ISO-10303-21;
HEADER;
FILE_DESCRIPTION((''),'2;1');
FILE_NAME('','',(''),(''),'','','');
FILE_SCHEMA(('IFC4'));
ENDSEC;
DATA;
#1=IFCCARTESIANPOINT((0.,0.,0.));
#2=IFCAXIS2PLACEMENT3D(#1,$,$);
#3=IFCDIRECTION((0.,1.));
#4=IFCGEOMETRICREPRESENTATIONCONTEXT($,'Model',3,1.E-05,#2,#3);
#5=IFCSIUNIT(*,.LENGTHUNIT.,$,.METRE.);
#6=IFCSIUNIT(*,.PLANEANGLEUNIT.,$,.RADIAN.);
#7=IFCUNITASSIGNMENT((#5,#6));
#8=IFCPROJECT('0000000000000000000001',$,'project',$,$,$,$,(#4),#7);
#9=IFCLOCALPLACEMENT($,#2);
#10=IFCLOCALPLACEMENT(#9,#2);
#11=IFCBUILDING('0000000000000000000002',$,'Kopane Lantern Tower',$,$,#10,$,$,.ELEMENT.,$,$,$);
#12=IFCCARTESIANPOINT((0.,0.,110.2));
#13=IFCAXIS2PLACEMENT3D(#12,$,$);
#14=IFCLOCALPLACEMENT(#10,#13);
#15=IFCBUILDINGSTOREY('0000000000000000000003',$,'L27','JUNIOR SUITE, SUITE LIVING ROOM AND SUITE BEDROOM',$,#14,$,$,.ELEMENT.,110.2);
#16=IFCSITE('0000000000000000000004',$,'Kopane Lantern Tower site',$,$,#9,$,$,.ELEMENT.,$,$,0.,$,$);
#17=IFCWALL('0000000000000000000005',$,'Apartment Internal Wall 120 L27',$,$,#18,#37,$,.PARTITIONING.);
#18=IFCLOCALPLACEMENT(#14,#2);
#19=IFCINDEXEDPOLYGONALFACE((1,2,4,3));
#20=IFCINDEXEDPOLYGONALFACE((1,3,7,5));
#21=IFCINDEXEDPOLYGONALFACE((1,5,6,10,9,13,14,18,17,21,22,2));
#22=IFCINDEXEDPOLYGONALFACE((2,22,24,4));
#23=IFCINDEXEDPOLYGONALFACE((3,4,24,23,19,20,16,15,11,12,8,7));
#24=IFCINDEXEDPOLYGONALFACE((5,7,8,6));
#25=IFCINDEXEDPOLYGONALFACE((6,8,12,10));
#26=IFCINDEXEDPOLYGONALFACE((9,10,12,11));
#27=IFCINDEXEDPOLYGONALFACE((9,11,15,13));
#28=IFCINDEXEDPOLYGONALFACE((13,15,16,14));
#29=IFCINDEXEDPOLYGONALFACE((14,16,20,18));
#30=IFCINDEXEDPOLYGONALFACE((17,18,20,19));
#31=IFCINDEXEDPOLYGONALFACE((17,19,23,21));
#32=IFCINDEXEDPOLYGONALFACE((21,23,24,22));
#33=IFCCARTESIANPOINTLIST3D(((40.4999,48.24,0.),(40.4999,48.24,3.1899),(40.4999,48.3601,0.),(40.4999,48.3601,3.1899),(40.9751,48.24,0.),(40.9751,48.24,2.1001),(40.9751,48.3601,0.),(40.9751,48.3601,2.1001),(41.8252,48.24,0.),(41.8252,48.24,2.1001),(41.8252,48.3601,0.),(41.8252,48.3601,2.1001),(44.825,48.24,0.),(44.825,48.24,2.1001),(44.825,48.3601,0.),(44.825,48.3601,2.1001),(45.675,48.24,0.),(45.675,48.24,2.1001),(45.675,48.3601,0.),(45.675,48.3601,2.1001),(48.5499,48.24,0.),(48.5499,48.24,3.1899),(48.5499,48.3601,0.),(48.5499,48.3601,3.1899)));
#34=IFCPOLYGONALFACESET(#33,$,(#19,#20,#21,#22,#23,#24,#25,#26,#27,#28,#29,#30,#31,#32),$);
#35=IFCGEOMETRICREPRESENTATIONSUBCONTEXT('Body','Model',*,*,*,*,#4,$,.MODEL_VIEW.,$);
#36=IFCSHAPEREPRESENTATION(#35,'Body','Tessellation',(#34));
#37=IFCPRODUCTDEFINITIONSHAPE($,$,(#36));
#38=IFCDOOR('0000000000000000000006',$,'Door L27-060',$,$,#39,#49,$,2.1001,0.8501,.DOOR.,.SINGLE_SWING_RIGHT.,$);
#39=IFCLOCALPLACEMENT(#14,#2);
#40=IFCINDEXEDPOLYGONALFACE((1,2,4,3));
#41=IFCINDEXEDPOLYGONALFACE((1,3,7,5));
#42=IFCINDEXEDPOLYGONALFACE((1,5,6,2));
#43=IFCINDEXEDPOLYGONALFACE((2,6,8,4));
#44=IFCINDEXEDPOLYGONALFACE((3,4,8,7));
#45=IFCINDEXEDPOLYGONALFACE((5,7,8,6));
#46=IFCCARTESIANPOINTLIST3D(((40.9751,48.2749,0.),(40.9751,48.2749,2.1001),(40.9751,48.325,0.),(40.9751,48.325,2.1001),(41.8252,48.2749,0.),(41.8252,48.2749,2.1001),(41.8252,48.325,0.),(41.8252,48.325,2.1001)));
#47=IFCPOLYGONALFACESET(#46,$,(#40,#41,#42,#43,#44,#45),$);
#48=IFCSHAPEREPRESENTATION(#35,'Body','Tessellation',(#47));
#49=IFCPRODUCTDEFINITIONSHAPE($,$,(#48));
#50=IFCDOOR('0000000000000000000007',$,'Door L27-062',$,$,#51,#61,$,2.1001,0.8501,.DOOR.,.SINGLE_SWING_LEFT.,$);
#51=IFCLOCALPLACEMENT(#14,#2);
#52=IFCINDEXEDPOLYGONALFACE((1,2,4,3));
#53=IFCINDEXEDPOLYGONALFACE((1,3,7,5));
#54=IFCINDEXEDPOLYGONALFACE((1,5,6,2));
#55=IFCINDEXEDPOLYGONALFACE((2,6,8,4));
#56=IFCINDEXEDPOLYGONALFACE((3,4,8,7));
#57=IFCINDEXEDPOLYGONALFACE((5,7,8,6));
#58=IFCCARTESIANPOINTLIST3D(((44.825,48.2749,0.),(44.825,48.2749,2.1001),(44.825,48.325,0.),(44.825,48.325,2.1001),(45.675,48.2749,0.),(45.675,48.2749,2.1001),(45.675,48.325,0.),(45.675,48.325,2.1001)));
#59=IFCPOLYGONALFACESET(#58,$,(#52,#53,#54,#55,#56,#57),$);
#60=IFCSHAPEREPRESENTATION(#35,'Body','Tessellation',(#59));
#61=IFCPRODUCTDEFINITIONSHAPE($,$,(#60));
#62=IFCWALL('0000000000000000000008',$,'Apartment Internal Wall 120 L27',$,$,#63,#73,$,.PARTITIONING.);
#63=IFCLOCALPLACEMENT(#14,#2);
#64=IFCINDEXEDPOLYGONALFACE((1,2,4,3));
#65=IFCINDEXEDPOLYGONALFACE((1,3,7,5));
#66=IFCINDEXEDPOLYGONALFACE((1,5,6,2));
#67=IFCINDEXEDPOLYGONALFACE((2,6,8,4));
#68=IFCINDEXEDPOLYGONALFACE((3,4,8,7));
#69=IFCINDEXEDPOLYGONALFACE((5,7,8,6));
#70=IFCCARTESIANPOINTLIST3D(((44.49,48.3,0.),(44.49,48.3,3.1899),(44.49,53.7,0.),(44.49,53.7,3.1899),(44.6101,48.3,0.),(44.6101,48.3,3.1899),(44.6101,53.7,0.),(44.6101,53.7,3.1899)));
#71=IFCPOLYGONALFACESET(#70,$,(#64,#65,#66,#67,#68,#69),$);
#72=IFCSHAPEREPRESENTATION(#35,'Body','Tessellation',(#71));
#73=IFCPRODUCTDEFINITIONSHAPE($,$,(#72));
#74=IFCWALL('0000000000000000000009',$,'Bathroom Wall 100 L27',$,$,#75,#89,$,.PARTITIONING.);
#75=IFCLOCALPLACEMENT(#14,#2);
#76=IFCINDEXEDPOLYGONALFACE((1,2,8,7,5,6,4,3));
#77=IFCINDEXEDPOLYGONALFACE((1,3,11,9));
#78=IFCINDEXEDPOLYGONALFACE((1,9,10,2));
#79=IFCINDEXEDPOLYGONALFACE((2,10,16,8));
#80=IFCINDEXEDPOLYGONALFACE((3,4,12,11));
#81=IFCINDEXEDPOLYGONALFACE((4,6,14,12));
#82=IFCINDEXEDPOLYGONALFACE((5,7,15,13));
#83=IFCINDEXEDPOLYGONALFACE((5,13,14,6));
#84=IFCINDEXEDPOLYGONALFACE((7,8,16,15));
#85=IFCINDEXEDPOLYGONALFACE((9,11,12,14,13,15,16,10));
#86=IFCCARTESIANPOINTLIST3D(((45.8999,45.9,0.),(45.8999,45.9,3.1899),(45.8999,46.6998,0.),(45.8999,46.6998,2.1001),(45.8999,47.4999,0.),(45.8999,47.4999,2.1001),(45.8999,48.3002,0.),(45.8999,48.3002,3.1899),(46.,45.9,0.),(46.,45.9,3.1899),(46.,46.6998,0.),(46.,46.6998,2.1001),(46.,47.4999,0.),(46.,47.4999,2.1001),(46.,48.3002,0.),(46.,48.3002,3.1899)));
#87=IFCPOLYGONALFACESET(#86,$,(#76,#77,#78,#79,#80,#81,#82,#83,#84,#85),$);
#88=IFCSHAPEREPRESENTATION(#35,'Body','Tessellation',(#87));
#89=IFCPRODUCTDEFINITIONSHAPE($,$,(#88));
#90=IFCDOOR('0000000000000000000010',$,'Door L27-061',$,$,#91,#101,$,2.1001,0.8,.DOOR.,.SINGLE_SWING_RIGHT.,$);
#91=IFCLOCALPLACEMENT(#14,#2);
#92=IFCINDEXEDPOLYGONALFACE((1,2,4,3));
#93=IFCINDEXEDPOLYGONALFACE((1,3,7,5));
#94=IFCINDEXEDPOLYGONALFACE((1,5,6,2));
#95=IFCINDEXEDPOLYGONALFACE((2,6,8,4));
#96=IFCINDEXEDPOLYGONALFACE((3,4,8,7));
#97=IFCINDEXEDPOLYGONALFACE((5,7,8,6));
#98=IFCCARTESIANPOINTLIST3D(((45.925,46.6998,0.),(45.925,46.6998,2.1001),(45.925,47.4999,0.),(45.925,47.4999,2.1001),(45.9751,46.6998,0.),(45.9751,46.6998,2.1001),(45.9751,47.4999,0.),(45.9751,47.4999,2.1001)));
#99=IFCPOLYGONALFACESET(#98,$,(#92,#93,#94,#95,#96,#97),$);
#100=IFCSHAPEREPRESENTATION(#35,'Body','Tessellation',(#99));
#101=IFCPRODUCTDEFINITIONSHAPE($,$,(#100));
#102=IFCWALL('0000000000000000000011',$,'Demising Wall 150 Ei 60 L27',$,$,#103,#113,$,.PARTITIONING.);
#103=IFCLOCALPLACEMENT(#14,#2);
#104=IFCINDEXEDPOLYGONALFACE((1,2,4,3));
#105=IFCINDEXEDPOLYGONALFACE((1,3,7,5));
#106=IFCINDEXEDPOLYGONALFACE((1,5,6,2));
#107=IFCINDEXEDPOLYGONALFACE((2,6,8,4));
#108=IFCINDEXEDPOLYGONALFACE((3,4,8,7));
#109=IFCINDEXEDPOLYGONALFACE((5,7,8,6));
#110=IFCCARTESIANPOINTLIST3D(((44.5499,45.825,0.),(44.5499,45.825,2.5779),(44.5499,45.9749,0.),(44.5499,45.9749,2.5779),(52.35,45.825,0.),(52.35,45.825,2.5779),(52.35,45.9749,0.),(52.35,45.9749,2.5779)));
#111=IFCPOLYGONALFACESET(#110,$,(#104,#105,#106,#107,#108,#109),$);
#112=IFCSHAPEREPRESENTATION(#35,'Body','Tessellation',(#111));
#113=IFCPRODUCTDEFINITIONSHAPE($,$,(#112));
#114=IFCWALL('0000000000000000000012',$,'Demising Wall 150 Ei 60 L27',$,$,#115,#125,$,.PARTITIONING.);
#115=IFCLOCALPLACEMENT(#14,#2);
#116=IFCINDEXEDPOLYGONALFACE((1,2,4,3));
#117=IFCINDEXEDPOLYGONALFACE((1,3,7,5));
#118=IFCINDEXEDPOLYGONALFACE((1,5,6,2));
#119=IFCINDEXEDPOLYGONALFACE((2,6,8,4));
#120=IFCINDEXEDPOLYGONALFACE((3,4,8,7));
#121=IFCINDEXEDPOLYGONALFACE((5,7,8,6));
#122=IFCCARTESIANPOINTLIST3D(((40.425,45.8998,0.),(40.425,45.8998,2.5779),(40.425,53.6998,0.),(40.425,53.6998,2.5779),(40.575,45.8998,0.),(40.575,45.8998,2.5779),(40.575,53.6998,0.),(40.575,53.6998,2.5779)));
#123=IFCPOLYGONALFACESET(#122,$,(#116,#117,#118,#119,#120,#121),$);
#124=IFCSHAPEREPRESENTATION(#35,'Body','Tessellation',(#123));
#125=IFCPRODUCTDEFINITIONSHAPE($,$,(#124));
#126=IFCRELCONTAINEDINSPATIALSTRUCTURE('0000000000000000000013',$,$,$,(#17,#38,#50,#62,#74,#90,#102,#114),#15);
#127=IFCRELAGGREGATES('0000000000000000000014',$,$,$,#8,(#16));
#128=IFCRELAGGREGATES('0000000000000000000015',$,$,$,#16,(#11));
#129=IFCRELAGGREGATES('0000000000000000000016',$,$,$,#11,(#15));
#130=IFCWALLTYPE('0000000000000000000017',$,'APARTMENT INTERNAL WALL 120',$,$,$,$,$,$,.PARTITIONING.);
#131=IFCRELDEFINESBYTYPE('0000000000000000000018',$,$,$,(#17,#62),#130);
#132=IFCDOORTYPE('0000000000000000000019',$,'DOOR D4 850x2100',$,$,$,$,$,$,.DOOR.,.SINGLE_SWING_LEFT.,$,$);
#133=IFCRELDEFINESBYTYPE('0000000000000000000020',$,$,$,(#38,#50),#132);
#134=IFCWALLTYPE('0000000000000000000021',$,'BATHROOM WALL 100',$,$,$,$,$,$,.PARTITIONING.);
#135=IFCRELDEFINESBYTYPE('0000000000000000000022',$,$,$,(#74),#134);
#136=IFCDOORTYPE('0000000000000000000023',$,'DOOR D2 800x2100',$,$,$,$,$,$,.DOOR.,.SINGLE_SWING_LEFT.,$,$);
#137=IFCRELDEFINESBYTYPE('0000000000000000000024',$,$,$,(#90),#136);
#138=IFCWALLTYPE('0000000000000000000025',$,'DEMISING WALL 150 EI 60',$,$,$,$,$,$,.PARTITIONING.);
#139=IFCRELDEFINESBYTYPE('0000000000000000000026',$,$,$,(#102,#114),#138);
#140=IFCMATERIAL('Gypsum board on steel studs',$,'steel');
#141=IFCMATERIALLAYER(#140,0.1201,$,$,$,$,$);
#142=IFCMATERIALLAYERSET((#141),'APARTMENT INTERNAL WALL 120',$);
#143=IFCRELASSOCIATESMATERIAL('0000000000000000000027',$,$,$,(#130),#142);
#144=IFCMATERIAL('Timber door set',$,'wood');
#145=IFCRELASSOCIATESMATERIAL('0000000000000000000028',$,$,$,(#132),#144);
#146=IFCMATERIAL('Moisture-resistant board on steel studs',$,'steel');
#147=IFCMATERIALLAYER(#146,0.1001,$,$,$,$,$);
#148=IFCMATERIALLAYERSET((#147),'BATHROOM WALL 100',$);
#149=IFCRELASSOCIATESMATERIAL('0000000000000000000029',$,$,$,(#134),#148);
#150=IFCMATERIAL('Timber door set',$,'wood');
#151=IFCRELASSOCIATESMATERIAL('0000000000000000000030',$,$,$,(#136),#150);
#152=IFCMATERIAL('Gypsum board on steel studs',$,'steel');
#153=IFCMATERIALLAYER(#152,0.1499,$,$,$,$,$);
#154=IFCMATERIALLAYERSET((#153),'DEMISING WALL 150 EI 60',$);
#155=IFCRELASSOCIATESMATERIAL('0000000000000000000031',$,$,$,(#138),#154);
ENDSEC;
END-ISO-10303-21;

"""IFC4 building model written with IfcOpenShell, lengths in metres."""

from ifc_helpers import new_model, si_unit, direction, frame, frame_2d, origin, place, context, subcontext, project, spatial, rectangle, extrude, material, layer, layer_set, type_object, element, fill, save


model = new_model("IFC4")

# Units and contexts
model_context = context("Model", 3, precision=1e-05, world=origin(), true_north=direction((0.0, 1.0)))
body_context = subcontext(model_context, "Body", "Model", "MODEL_VIEW")
ifc_project = project(units=[si_unit("LENGTHUNIT", "METRE"), si_unit("PLANEANGLEUNIT", "RADIAN")], contexts=[model_context])

# Site, building, storey
site_placement = place(None, origin())
site = spatial("IfcSite", under=ifc_project, at=site_placement, Name="Kopane Lantern Tower site", CompositionType="ELEMENT", RefElevation=0.0)
building_placement = place(site_placement, origin())
building = spatial("IfcBuilding", under=site, at=building_placement, Name="Kopane Lantern Tower", CompositionType="ELEMENT")
storey_placement = place(building_placement, frame((0.0, 0.0, 110.2)))
storey = spatial("IfcBuildingStorey", under=building, at=storey_placement, Name="L27", Description="JUNIOR SUITE, SUITE LIVING ROOM AND SUITE BEDROOM", CompositionType="ELEMENT", Elevation=110.2)

# Wall, openings, doors
ifc_material_1 = material(Name="Gypsum board on steel studs", Category="steel")
ifc_layer_1 = layer(ifc_material_1, 0.1201)
ifc_layer_set_1 = layer_set([ifc_layer_1], Name="APARTMENT INTERNAL WALL 120")
wall_type_1 = type_object("IfcWallType", Name="APARTMENT INTERNAL WALL 120", PredefinedType="PARTITIONING", material=ifc_layer_set_1)
wall_1_placement = place(storey_placement, frame((40.5, 48.3, 0.0), z_axis=(0.0, 0.0, 1.0), x_axis=(1.0, 0.0, 0.0)))
wall_1 = element("IfcWall", 1, at=wall_1_placement, inside=storey, type_object=wall_type_1, Name="Apartment Internal Wall 120 L27", PredefinedType="PARTITIONING", context=body_context, shape_type="SweptSolid", body=[
    extrude(rectangle(XDim=8.05, YDim=0.1201, at=frame_2d((4.0249, 0.0))), origin(), (0.0, 0.0, 1.0), 3.1899),
])
opening_1_placement = place(wall_1_placement, frame((0.4751, 0.0, 0.0)))
opening_1 = element("IfcOpeningElement", 2, at=opening_1_placement, cuts=wall_1, PredefinedType="OPENING", context=body_context, shape_type="SweptSolid", body=[
    extrude(rectangle(XDim=0.8501, YDim=2.1001, at=frame_2d((0.425, 1.05))), frame((0.0, 0.0701, 0.0), z_axis=(0.0, -1.0, 0.0), x_axis=(1.0, 0.0, 0.0)), (0.0, 0.0, 1.0), 0.1401),
])
opening_2_placement = place(wall_1_placement, frame((4.325, 0.0, 0.0)))
opening_2 = element("IfcOpeningElement", 3, at=opening_2_placement, cuts=wall_1, PredefinedType="OPENING", context=body_context, shape_type="SweptSolid", body=[
    extrude(rectangle(XDim=0.8501, YDim=2.1001, at=frame_2d((0.425, 1.05))), frame((0.0, 0.0701, 0.0), z_axis=(0.0, -1.0, 0.0), x_axis=(1.0, 0.0, 0.0)), (0.0, 0.0, 1.0), 0.1401),
])
ifc_material_2 = material(Name="Timber door set", Category="wood")
door_type_1 = type_object("IfcDoorType", Name="DOOR D4 850x2100", OperationType="SINGLE_SWING_LEFT", PredefinedType="DOOR", material=ifc_material_2)
door_1_placement = place(opening_1_placement, origin())
door_1 = element("IfcDoor", 4, at=door_1_placement, inside=storey, type_object=door_type_1, Name="Door L27-060", OperationType="SINGLE_SWING_RIGHT", OverallHeight=2.1001, OverallWidth=0.8501, PredefinedType="DOOR", context=body_context, shape_type="SweptSolid", body=[
    extrude(rectangle(XDim=0.8501, YDim=2.1001, at=frame_2d((0.425, 1.05))), frame((0.0, 0.0249, 0.0), z_axis=(0.0, -1.0, 0.0), x_axis=(1.0, 0.0, 0.0)), (0.0, 0.0, 1.0), 0.05),
])
fill(opening_1, door_1)
door_2_placement = place(opening_2_placement, origin())
door_2 = element("IfcDoor", 5, at=door_2_placement, inside=storey, type_object=door_type_1, Name="Door L27-062", OperationType="SINGLE_SWING_LEFT", OverallHeight=2.1001, OverallWidth=0.8501, PredefinedType="DOOR", context=body_context, shape_type="SweptSolid", body=[
    extrude(rectangle(XDim=0.8501, YDim=2.1001, at=frame_2d((0.425, 1.05))), frame((0.0, 0.0249, 0.0), z_axis=(0.0, -1.0, 0.0), x_axis=(1.0, 0.0, 0.0)), (0.0, 0.0, 1.0), 0.05),
])
fill(opening_2, door_2)

# Wall
wall_2_placement = place(storey_placement, frame((44.55, 48.3, 0.0), z_axis=(0.0, 0.0, 1.0), x_axis=(0.0, 1.0, 0.0)))
element("IfcWall", 6, at=wall_2_placement, inside=storey, type_object=wall_type_1, Name="Apartment Internal Wall 120 L27", PredefinedType="PARTITIONING", context=body_context, shape_type="SweptSolid", body=[
    extrude(rectangle(XDim=5.3999, YDim=0.1201, at=frame_2d((2.7, 0.0))), origin(), (0.0, 0.0, 1.0), 3.1899),
])

# Wall, opening, door
ifc_material_3 = material(Name="Moisture-resistant board on steel studs", Category="steel")
ifc_layer_2 = layer(ifc_material_3, 0.1001)
ifc_layer_set_2 = layer_set([ifc_layer_2], Name="BATHROOM WALL 100")
wall_type_2 = type_object("IfcWallType", Name="BATHROOM WALL 100", PredefinedType="PARTITIONING", material=ifc_layer_set_2)
wall_3_placement = place(storey_placement, frame((45.95, 45.8999, 0.0), z_axis=(0.0, 0.0, 1.0), x_axis=(0.0, 1.0, 0.0)))
wall_3 = element("IfcWall", 7, at=wall_3_placement, inside=storey, type_object=wall_type_2, Name="Bathroom Wall 100 L27", PredefinedType="PARTITIONING", context=body_context, shape_type="SweptSolid", body=[
    extrude(rectangle(XDim=2.4001, YDim=0.1001, at=frame_2d((1.2002, 0.0))), origin(), (0.0, 0.0, 1.0), 3.1899),
])
opening_3_placement = place(wall_3_placement, frame((0.8, 0.0, 0.0)))
opening_3 = element("IfcOpeningElement", 8, at=opening_3_placement, cuts=wall_3, PredefinedType="OPENING", context=body_context, shape_type="SweptSolid", body=[
    extrude(rectangle(XDim=0.8, YDim=2.1001, at=frame_2d((0.3999, 1.05))), frame((0.0, 0.0601, 0.0), z_axis=(0.0, -1.0, 0.0), x_axis=(1.0, 0.0, 0.0)), (0.0, 0.0, 1.0), 0.1201),
])
ifc_material_4 = material(Name="Timber door set", Category="wood")
door_type_2 = type_object("IfcDoorType", Name="DOOR D2 800x2100", OperationType="SINGLE_SWING_LEFT", PredefinedType="DOOR", material=ifc_material_4)
door_3_placement = place(opening_3_placement, origin())
door_3 = element("IfcDoor", 9, at=door_3_placement, inside=storey, type_object=door_type_2, Name="Door L27-061", OperationType="SINGLE_SWING_RIGHT", OverallHeight=2.1001, OverallWidth=0.8, PredefinedType="DOOR", context=body_context, shape_type="SweptSolid", body=[
    extrude(rectangle(XDim=0.8, YDim=2.1001, at=frame_2d((0.3999, 1.05))), frame((0.0, 0.0249, 0.0), z_axis=(0.0, -1.0, 0.0), x_axis=(1.0, 0.0, 0.0)), (0.0, 0.0, 1.0), 0.05),
])
fill(opening_3, door_3)

# Walls
ifc_material_5 = material(Name="Gypsum board on steel studs", Category="steel")
ifc_layer_3 = layer(ifc_material_5, 0.1499)
ifc_layer_set_3 = layer_set([ifc_layer_3], Name="DEMISING WALL 150 EI 60")
wall_type_3 = type_object("IfcWallType", Name="DEMISING WALL 150 EI 60", PredefinedType="PARTITIONING", material=ifc_layer_set_3)
for number, where, z_axis, x_axis, name in (
    (10, (44.55, 45.8999, 0.0), (0.0, 0.0, 1.0), (1.0, 0.0, 0.0), "Demising Wall 150 Ei 60 L27"),
    (11, (40.5, 45.8999, 0.0), (0.0, 0.0, 1.0), (0.0, 1.0, 0.0), "Demising Wall 150 Ei 60 L27"),
):
    element("IfcWall", number, at=place(storey_placement, frame(where, z_axis=z_axis, x_axis=x_axis)), inside=storey, type_object=wall_type_3, Name=name, PredefinedType="PARTITIONING", context=body_context, shape_type="SweptSolid", body=[
        extrude(rectangle(XDim=7.8, YDim=0.1499, at=frame_2d((3.8999, 0.0))), origin(), (0.0, 0.0, 1.0), 2.5779),
    ])

save(model, "model.ifc")
